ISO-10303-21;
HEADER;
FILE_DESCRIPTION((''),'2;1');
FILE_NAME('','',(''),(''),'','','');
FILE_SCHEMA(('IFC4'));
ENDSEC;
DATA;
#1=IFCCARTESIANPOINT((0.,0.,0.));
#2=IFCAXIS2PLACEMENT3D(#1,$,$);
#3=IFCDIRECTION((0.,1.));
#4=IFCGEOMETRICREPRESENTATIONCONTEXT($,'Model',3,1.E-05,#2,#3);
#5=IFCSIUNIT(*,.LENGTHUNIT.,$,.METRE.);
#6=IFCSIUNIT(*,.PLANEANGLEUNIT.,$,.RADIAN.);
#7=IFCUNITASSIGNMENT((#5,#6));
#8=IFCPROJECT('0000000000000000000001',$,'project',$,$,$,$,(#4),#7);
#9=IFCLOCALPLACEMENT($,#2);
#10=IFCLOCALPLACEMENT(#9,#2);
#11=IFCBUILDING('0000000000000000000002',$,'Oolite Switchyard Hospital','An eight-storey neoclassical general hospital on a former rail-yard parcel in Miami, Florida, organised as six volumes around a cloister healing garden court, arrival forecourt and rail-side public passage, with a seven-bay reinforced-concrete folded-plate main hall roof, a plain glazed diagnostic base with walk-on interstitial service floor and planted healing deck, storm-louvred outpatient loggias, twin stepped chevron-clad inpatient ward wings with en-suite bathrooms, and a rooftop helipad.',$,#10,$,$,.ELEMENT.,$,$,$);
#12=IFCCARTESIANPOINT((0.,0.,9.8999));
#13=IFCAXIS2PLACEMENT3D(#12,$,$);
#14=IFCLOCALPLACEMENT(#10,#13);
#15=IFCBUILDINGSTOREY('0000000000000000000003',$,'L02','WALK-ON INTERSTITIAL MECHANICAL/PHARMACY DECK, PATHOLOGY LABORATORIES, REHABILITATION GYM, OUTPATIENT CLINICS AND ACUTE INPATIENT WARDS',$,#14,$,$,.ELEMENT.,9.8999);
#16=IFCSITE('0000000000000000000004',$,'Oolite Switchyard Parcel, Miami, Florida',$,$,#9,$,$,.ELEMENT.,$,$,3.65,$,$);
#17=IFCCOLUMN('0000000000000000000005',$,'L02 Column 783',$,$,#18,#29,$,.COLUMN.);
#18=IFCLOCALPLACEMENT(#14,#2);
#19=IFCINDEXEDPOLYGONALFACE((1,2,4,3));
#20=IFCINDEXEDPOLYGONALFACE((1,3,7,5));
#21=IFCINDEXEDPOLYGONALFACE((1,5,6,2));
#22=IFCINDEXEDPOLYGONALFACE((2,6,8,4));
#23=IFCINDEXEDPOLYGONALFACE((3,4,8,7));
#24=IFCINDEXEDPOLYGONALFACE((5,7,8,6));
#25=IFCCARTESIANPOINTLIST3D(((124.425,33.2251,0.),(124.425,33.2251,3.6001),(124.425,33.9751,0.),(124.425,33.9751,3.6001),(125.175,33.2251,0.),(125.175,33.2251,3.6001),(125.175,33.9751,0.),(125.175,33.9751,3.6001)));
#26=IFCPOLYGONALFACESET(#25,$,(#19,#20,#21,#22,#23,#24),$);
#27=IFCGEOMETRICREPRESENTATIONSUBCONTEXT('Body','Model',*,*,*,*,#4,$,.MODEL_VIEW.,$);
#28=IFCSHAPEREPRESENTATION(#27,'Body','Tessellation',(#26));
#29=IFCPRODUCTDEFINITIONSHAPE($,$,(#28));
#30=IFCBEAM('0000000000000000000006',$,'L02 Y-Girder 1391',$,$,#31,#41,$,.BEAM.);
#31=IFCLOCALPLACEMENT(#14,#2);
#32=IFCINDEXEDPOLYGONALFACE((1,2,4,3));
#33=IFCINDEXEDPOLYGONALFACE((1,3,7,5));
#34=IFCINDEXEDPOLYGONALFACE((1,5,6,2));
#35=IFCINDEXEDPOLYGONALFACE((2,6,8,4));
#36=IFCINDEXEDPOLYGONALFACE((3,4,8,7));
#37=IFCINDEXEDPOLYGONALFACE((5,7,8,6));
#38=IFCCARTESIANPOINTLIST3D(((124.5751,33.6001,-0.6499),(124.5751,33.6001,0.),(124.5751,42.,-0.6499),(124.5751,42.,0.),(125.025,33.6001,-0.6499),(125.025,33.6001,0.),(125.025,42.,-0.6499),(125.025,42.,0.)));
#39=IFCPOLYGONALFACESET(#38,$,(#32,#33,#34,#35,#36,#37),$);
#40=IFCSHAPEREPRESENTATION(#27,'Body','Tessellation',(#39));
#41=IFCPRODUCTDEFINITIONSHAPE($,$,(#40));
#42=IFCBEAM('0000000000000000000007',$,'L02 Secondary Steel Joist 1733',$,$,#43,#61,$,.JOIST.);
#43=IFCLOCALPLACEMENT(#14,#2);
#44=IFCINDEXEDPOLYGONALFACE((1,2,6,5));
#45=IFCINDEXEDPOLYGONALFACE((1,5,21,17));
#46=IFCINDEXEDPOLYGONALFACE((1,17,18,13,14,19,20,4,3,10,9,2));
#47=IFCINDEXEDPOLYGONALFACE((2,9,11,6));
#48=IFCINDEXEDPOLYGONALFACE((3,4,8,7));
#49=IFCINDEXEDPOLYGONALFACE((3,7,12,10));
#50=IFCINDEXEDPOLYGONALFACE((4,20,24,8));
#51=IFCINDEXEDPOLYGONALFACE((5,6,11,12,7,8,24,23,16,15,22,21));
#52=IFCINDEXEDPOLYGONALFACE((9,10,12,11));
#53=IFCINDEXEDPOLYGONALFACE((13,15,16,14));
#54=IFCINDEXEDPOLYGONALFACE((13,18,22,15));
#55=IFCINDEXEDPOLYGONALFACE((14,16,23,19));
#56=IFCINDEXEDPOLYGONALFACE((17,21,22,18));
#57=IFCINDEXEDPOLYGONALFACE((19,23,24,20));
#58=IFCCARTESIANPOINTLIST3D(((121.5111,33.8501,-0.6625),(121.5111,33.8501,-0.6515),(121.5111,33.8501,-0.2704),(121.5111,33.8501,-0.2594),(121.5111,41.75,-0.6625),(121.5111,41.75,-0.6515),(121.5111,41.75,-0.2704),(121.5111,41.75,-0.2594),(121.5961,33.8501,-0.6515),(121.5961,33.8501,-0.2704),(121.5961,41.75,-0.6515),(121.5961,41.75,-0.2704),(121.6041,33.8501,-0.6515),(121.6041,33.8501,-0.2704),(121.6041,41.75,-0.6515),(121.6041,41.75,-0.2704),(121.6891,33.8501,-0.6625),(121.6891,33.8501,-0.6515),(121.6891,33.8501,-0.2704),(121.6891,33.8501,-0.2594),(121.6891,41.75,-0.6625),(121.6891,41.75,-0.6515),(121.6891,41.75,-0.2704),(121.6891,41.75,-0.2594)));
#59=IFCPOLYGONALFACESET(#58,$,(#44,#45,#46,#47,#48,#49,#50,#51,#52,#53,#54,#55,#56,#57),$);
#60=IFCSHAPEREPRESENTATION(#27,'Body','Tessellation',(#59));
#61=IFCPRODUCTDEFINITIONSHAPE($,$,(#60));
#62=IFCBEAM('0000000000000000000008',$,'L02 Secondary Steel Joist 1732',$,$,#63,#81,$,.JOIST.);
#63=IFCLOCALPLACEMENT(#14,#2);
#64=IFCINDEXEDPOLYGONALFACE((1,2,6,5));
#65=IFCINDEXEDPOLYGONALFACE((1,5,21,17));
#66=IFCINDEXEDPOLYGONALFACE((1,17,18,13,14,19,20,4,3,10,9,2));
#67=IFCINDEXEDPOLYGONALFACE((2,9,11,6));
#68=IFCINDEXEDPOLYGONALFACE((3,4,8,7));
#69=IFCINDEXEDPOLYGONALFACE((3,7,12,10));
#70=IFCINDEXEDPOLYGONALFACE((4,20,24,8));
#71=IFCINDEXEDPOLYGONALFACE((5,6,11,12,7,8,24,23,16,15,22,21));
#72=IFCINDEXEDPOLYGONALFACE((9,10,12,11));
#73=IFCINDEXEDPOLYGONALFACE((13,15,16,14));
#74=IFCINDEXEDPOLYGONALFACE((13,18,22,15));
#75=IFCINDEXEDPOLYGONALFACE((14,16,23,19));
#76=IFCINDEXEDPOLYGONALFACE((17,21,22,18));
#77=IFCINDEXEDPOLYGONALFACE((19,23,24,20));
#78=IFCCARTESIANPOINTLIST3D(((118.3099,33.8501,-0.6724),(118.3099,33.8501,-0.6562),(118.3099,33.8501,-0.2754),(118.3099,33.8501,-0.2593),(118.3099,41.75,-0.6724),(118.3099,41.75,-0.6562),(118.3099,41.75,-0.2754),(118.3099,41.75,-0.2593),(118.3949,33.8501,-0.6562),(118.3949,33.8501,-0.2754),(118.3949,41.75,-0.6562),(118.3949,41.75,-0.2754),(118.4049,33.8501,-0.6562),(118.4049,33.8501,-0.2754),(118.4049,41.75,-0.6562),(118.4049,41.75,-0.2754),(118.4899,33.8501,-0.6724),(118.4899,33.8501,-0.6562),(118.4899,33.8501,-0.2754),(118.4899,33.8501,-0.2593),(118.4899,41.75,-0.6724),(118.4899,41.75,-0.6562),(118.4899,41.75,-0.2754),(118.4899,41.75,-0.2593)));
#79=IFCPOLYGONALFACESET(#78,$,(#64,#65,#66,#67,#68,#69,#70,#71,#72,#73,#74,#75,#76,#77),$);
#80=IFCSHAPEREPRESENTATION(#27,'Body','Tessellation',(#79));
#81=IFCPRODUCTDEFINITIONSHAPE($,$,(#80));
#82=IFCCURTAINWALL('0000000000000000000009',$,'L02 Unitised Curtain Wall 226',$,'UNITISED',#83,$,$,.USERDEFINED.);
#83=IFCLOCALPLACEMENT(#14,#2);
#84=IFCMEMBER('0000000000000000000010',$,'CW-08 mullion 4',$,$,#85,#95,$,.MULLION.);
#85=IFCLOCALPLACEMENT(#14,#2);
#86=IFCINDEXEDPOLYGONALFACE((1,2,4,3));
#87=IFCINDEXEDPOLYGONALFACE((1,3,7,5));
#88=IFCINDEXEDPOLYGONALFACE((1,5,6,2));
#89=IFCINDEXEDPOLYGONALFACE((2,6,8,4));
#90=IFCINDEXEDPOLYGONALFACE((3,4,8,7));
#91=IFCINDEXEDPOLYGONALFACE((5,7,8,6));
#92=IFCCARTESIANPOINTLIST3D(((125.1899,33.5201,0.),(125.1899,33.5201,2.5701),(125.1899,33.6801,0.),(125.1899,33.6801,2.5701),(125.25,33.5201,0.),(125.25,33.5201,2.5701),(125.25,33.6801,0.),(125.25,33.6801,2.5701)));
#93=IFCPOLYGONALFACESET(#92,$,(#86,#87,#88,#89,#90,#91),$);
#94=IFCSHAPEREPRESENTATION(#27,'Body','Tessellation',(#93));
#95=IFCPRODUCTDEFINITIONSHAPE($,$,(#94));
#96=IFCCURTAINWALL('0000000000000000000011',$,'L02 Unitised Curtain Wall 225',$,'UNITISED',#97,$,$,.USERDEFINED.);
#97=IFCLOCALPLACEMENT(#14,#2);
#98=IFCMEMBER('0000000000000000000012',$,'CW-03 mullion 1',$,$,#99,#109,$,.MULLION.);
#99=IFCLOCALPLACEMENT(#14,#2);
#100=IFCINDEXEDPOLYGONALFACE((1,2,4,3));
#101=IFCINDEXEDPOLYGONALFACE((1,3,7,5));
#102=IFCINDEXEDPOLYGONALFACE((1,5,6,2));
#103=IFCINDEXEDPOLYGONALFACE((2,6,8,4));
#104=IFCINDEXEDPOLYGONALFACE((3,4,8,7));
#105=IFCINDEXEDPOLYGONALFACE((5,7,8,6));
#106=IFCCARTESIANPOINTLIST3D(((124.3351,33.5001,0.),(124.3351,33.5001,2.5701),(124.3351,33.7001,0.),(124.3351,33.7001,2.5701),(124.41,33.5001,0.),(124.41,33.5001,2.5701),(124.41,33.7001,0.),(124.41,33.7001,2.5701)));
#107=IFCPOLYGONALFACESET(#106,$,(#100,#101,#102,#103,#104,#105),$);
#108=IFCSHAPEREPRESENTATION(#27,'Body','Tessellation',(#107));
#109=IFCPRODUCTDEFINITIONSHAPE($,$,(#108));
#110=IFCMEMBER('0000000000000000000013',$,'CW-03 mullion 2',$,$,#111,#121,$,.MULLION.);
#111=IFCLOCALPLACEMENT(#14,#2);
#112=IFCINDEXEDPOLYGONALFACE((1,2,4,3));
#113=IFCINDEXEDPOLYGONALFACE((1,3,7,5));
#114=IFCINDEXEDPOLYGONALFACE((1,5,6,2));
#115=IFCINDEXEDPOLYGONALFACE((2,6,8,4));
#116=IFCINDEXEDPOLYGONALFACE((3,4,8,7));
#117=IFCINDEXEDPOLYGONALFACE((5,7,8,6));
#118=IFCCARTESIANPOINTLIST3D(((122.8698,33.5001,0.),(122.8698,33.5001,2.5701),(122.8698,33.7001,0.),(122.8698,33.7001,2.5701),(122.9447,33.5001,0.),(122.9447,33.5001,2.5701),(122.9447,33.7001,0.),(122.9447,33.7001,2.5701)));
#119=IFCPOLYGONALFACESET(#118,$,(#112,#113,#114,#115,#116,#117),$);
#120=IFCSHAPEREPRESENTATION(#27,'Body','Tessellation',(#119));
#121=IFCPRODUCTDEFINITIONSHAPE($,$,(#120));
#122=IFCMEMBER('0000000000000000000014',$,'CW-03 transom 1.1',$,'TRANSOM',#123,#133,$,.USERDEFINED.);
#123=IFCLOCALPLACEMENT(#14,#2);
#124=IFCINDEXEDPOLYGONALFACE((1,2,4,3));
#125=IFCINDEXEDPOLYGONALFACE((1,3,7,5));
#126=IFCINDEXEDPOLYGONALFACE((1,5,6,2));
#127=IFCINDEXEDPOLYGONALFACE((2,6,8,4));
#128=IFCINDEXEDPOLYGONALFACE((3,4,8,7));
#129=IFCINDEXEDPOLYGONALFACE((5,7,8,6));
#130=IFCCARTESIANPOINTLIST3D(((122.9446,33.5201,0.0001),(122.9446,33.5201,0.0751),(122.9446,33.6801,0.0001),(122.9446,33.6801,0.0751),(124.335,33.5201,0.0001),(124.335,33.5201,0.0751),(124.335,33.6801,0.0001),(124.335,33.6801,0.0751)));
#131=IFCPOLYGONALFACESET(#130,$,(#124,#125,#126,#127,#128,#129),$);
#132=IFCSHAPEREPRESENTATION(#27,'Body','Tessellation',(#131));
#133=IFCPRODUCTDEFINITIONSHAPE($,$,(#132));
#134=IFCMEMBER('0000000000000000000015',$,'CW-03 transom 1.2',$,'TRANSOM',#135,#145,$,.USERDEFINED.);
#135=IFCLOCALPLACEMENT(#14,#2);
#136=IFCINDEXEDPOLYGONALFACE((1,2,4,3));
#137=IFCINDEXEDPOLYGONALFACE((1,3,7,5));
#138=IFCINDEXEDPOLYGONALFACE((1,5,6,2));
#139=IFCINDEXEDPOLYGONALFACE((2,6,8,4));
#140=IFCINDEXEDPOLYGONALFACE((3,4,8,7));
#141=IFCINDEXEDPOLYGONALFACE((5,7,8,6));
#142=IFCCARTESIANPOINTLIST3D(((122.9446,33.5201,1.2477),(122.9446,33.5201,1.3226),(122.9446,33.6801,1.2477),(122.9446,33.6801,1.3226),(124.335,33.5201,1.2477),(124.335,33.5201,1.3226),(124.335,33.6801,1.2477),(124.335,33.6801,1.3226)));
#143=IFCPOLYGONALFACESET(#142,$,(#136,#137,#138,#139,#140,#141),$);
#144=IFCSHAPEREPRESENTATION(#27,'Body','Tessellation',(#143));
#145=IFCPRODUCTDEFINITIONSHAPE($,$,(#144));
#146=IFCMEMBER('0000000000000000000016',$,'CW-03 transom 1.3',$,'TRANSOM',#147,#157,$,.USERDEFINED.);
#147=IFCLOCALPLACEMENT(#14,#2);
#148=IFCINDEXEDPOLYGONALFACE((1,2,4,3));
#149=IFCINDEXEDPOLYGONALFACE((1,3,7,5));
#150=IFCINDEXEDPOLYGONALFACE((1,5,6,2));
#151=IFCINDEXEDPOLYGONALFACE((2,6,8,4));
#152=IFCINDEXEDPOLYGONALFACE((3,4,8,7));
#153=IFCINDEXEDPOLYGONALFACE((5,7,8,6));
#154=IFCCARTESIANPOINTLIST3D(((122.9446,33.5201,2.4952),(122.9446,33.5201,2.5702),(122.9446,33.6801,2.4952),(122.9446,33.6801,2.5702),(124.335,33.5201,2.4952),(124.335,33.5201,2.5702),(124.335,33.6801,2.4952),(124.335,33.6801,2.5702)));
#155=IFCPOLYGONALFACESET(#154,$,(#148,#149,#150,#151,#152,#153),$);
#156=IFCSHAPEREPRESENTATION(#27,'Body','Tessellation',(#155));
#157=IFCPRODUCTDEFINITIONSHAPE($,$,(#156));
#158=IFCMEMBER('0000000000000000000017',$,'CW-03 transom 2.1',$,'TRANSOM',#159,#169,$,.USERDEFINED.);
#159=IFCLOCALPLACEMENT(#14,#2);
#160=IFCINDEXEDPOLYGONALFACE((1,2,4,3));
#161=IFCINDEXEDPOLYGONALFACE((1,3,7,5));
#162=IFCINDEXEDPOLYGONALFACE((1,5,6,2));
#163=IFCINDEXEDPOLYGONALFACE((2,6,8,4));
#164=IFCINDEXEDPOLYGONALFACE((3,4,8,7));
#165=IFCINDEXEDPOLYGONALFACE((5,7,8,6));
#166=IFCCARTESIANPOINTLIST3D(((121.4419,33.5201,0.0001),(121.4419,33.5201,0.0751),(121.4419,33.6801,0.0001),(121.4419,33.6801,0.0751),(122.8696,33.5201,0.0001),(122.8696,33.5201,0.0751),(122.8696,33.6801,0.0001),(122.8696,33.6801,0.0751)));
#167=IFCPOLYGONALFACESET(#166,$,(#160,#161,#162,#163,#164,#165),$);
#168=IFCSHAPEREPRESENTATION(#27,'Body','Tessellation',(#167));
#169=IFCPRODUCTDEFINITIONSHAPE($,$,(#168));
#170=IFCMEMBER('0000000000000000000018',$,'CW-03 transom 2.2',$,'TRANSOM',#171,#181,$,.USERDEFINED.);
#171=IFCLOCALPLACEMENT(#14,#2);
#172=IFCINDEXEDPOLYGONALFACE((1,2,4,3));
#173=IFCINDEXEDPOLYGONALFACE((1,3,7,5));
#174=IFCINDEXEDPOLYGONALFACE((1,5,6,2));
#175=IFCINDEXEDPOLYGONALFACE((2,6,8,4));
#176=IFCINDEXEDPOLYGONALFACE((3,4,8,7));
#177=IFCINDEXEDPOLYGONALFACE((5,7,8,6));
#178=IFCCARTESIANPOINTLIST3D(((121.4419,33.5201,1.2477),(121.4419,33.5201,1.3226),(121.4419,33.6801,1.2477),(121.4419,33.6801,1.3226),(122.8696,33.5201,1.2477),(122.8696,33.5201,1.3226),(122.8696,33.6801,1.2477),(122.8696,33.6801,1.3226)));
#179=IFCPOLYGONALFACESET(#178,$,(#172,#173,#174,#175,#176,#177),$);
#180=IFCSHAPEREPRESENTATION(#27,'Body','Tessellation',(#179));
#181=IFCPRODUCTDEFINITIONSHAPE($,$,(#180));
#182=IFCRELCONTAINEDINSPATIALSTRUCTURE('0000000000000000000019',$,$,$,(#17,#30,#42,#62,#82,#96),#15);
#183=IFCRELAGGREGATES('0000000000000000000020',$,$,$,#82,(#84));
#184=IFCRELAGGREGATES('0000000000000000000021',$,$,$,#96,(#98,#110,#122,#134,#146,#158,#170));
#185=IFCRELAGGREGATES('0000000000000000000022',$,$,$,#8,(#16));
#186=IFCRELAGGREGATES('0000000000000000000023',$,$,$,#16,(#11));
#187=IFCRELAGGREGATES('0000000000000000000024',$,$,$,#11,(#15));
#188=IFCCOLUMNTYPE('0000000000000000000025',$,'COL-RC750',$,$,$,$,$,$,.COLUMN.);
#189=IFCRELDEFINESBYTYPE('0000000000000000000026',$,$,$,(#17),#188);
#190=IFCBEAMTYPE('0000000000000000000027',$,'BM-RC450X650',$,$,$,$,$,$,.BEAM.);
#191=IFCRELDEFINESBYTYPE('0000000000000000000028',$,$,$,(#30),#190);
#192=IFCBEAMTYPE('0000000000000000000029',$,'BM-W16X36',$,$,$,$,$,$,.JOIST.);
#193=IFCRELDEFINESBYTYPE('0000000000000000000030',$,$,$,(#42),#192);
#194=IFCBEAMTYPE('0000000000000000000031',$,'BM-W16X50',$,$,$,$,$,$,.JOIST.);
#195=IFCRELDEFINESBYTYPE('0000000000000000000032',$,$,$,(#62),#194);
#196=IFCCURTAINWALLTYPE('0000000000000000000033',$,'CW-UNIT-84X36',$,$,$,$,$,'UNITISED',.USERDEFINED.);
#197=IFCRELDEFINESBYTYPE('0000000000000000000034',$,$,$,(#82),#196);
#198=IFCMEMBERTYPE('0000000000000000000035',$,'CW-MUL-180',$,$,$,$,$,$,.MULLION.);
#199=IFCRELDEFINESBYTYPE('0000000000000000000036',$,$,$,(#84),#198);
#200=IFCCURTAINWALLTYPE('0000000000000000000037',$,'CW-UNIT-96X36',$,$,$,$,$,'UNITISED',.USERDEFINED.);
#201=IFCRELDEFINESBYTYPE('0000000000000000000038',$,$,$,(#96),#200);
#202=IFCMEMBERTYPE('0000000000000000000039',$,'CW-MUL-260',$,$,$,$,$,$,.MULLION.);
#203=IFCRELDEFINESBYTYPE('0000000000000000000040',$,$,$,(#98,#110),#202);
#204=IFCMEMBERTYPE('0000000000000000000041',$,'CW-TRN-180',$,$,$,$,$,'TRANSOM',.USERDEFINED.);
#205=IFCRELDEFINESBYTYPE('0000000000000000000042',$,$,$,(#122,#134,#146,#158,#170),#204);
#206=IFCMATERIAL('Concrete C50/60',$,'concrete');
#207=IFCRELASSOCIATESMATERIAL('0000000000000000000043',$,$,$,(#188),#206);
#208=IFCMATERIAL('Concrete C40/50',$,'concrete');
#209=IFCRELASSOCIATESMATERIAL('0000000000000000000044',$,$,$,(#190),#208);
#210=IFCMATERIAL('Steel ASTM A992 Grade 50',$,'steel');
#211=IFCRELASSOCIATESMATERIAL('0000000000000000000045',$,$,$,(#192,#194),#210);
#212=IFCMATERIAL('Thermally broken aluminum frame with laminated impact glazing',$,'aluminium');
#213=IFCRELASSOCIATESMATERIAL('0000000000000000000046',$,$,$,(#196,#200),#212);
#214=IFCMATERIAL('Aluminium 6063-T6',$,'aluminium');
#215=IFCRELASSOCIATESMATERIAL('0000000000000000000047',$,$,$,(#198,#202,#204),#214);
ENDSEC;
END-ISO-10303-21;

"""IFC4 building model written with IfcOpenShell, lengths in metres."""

from ifc_helpers import new_model, si_unit, direction, frame, origin, origin_2d, place, context, subcontext, project, spatial, rectangle, i_section, extrude, material, material_profile, profile_set, type_object, element, aggregate, save


model = new_model("IFC4")

# Units and contexts
model_context = context("Model", 3, precision=1e-05, world=origin(), true_north=direction((0.0, 1.0)))
body_context = subcontext(model_context, "Body", "Model", "MODEL_VIEW")
ifc_project = project(units=[si_unit("LENGTHUNIT", "METRE"), si_unit("PLANEANGLEUNIT", "RADIAN")], contexts=[model_context])

# Site, building, storey
site_placement = place(None, origin())
site = spatial("IfcSite", under=ifc_project, at=site_placement, Name="Oolite Switchyard Parcel, Miami, Florida", CompositionType="ELEMENT", RefElevation=3.65)
building_placement = place(site_placement, origin())
building = spatial("IfcBuilding", under=site, at=building_placement, Name="Oolite Switchyard Hospital", Description="An eight-storey neoclassical general hospital on a former rail-yard parcel in Miami, Florida, organised as six volumes around a cloister healing garden court, arrival forecourt and rail-side public passage, with a seven-bay reinforced-concrete folded-plate main hall roof, a plain glazed diagnostic base with walk-on interstitial service floor and planted healing deck, storm-louvred outpatient loggias, twin stepped chevron-clad inpatient ward wings with en-suite bathrooms, and a rooftop helipad.", CompositionType="ELEMENT")
storey_placement = place(building_placement, frame((0.0, 0.0, 9.8999)))
storey = spatial("IfcBuildingStorey", under=building, at=storey_placement, Name="L02", Description="WALK-ON INTERSTITIAL MECHANICAL/PHARMACY DECK, PATHOLOGY LABORATORIES, REHABILITATION GYM, OUTPATIENT CLINICS AND ACUTE INPATIENT WARDS", CompositionType="ELEMENT", Elevation=9.8999)

# Column
ifc_material_1 = material(Name="Concrete C50/60", Category="concrete")
ifc_material_profile_1 = material_profile(ifc_material_1, rectangle(XDim=0.75, YDim=0.75, at=origin_2d()), Name="RC750X750")
ifc_profile_set_1 = profile_set([ifc_material_profile_1], Name="Concrete C50/60")
column_type = type_object("IfcColumnType", Name="COL-RC750", PredefinedType="COLUMN", material=ifc_profile_set_1)
column_placement = place(storey_placement, frame((124.8, 33.6001, 0.0), z_axis=(0.0, 0.0, 1.0), x_axis=(1.0, 0.0, 0.0)))
element("IfcColumn", 1, at=column_placement, inside=storey, type_object=column_type, Name="L02 Column 783", PredefinedType="COLUMN", context=body_context, shape_type="SweptSolid", body=[
    extrude(rectangle(XDim=0.75, YDim=0.75, at=origin_2d()), origin(), (0.0, 0.0, 1.0), 3.6001),
])

# Beams
ifc_material_2 = material(Name="Concrete C40/50", Category="concrete")
ifc_material_profile_2 = material_profile(ifc_material_2, rectangle(XDim=0.45, YDim=0.6499, at=origin_2d()), Name="RCB450X650")
ifc_profile_set_2 = profile_set([ifc_material_profile_2], Name="Concrete C40/50")
beam_type_1 = type_object("IfcBeamType", Name="BM-RC450X650", PredefinedType="BEAM", material=ifc_profile_set_2)
beam_1_placement = place(storey_placement, frame((124.8, 33.6001, -0.325), z_axis=(0.0, 1.0, 0.0), x_axis=(-1.0, 0.0, 0.0)))
element("IfcBeam", 2, at=beam_1_placement, inside=storey, type_object=beam_type_1, Name="L02 Y-Girder 1391", PredefinedType="BEAM", context=body_context, shape_type="SweptSolid", body=[
    extrude(rectangle(XDim=0.45, YDim=0.6499, at=origin_2d()), origin(), (0.0, 0.0, 1.0), 8.3999),
])
ifc_material_3 = material(Name="Steel ASTM A992 Grade 50", Category="steel")
ifc_material_profile_3 = material_profile(ifc_material_3, i_section(OverallWidth=0.178, OverallDepth=0.4031, WebThickness=0.0081, FlangeThickness=0.011, at=origin_2d()), Name="W16X36")
ifc_profile_set_3 = profile_set([ifc_material_profile_3], Name="Steel ASTM A992 Grade 50")
beam_type_2 = type_object("IfcBeamType", Name="BM-W16X36", PredefinedType="JOIST", material=ifc_profile_set_3)
beam_2_placement = place(storey_placement, frame((121.6001, 33.8501, -0.4609), z_axis=(0.0, 1.0, 0.0), x_axis=(-1.0, 0.0, 0.0)))
element("IfcBeam", 3, at=beam_2_placement, inside=storey, type_object=beam_type_2, Name="L02 Secondary Steel Joist 1733", PredefinedType="JOIST", context=body_context, shape_type="SweptSolid", body=[
    extrude(i_section(OverallWidth=0.178, OverallDepth=0.4031, WebThickness=0.0081, FlangeThickness=0.011, at=origin_2d()), origin(), (0.0, 0.0, 1.0), 7.8999),
])
ifc_material_profile_4 = material_profile(ifc_material_3, i_section(OverallWidth=0.1799, OverallDepth=0.4131, WebThickness=0.01, FlangeThickness=0.0161, at=origin_2d()), Name="W16X50")
ifc_profile_set_4 = profile_set([ifc_material_profile_4], Name="Steel ASTM A992 Grade 50")
beam_type_3 = type_object("IfcBeamType", Name="BM-W16X50", PredefinedType="JOIST", material=ifc_profile_set_4)
beam_3_placement = place(storey_placement, frame((118.3999, 33.8501, -0.4658), z_axis=(0.0, 1.0, 0.0), x_axis=(-1.0, 0.0, 0.0)))
element("IfcBeam", 4, at=beam_3_placement, inside=storey, type_object=beam_type_3, Name="L02 Secondary Steel Joist 1732", PredefinedType="JOIST", context=body_context, shape_type="SweptSolid", body=[
    extrude(i_section(OverallWidth=0.1799, OverallDepth=0.4131, WebThickness=0.01, FlangeThickness=0.0161, at=origin_2d()), origin(), (0.0, 0.0, 1.0), 7.8999),
])

# Curtain wall, member
ifc_material_4 = material(Name="Thermally broken aluminum frame with laminated impact glazing", Category="aluminium")
curtain_wall_type_1 = type_object("IfcCurtainWallType", Name="CW-UNIT-84X36", ElementType="UNITISED", PredefinedType="USERDEFINED", material=ifc_material_4)
curtain_wall_1_placement = place(storey_placement, origin())
curtain_wall_1 = element("IfcCurtainWall", 5, at=curtain_wall_1_placement, inside=storey, type_object=curtain_wall_type_1, Name="L02 Unitised Curtain Wall 226", ObjectType="UNITISED", PredefinedType="USERDEFINED")
ifc_material_5 = material(Name="Aluminium 6063-T6", Category="aluminium")
ifc_material_profile_5 = material_profile(ifc_material_5, rectangle(XDim=0.1599, YDim=0.0601, at=origin_2d()), Name="CWM60X160")
ifc_profile_set_5 = profile_set([ifc_material_profile_5], Name="Aluminium 6063-T6")
member_type_1 = type_object("IfcMemberType", Name="CW-MUL-180", PredefinedType="MULLION", material=ifc_profile_set_5)
member_1_placement = place(storey_placement, frame((125.22, 33.6001, 0.0), z_axis=(0.0, 0.0, 1.0), x_axis=(0.0, -1.0, 0.0)))
member_1 = element("IfcMember", 6, at=member_1_placement, type_object=member_type_1, Name="CW-08 mullion 4", PredefinedType="MULLION", context=body_context, shape_type="SweptSolid", body=[
    extrude(rectangle(XDim=0.1599, YDim=0.0601, at=origin_2d()), origin(), (0.0, 0.0, 1.0), 2.5701),
])

# Curtain wall, members
curtain_wall_type_2 = type_object("IfcCurtainWallType", Name="CW-UNIT-96X36", ElementType="UNITISED", PredefinedType="USERDEFINED", material=ifc_material_4)
curtain_wall_2_placement = place(storey_placement, origin())
curtain_wall_2 = element("IfcCurtainWall", 7, at=curtain_wall_2_placement, inside=storey, type_object=curtain_wall_type_2, Name="L02 Unitised Curtain Wall 225", ObjectType="UNITISED", PredefinedType="USERDEFINED")
ifc_material_profile_6 = material_profile(ifc_material_5, rectangle(XDim=0.2, YDim=0.075, at=origin_2d()), Name="CWM75X200")
ifc_profile_set_6 = profile_set([ifc_material_profile_6], Name="Aluminium 6063-T6")
member_type_2 = type_object("IfcMemberType", Name="CW-MUL-260", PredefinedType="MULLION", material=ifc_profile_set_6)
member_2_placement = place(storey_placement, frame((124.3726, 33.6001, 0.0), z_axis=(0.0, 0.0, 1.0), x_axis=(0.0, -1.0, 0.0)))
member_2 = element("IfcMember", 8, at=member_2_placement, type_object=member_type_2, Name="CW-03 mullion 1", PredefinedType="MULLION", context=body_context, shape_type="SweptSolid", body=[
    extrude(rectangle(XDim=0.2, YDim=0.075, at=origin_2d()), origin(), (0.0, 0.0, 1.0), 2.5701),
])
member_3_placement = place(storey_placement, frame((122.9072, 33.6001, 0.0), z_axis=(0.0, 0.0, 1.0), x_axis=(0.0, -1.0, 0.0)))
member_3 = element("IfcMember", 9, at=member_3_placement, type_object=member_type_2, Name="CW-03 mullion 2", PredefinedType="MULLION", context=body_context, shape_type="SweptSolid", body=[
    extrude(rectangle(XDim=0.2, YDim=0.075, at=origin_2d()), origin(), (0.0, 0.0, 1.0), 2.5701),
])
ifc_material_profile_7 = material_profile(ifc_material_5, rectangle(XDim=0.1599, YDim=0.075, at=origin_2d()), Name="CWT75X160")
ifc_profile_set_7 = profile_set([ifc_material_profile_7], Name="Aluminium 6063-T6")
member_type_3 = type_object("IfcMemberType", Name="CW-TRN-180", ElementType="TRANSOM", PredefinedType="USERDEFINED", material=ifc_profile_set_7)
member_4_placement = place(storey_placement, frame((124.335, 33.6001, 0.0376), z_axis=(-1.0, 0.0, 0.0), x_axis=(0.0, -1.0, 0.0)))
member_4 = element("IfcMember", 10, at=member_4_placement, type_object=member_type_3, Name="CW-03 transom 1.1", ObjectType="TRANSOM", PredefinedType="USERDEFINED", context=body_context, shape_type="SweptSolid", body=[
    extrude(rectangle(XDim=0.1599, YDim=0.075, at=origin_2d()), origin(), (0.0, 0.0, 1.0), 1.3904),
])
member_5_placement = place(storey_placement, frame((124.335, 33.6001, 1.2852), z_axis=(-1.0, 0.0, 0.0), x_axis=(0.0, -1.0, 0.0)))
member_5 = element("IfcMember", 11, at=member_5_placement, type_object=member_type_3, Name="CW-03 transom 1.2", ObjectType="TRANSOM", PredefinedType="USERDEFINED", context=body_context, shape_type="SweptSolid", body=[
    extrude(rectangle(XDim=0.1599, YDim=0.075, at=origin_2d()), origin(), (0.0, 0.0, 1.0), 1.3904),
])
member_6_placement = place(storey_placement, frame((124.335, 33.6001, 2.5327), z_axis=(-1.0, 0.0, 0.0), x_axis=(0.0, -1.0, 0.0)))
member_6 = element("IfcMember", 12, at=member_6_placement, type_object=member_type_3, Name="CW-03 transom 1.3", ObjectType="TRANSOM", PredefinedType="USERDEFINED", context=body_context, shape_type="SweptSolid", body=[
    extrude(rectangle(XDim=0.1599, YDim=0.075, at=origin_2d()), origin(), (0.0, 0.0, 1.0), 1.3904),
])
member_7_placement = place(storey_placement, frame((122.8696, 33.6001, 0.0376), z_axis=(-1.0, 0.0, 0.0), x_axis=(0.0, -1.0, 0.0)))
member_7 = element("IfcMember", 13, at=member_7_placement, type_object=member_type_3, Name="CW-03 transom 2.1", ObjectType="TRANSOM", PredefinedType="USERDEFINED", context=body_context, shape_type="SweptSolid", body=[
    extrude(rectangle(XDim=0.1599, YDim=0.075, at=origin_2d()), origin(), (0.0, 0.0, 1.0), 1.4277),
])
member_8_placement = place(storey_placement, frame((122.8696, 33.6001, 1.2852), z_axis=(-1.0, 0.0, 0.0), x_axis=(0.0, -1.0, 0.0)))
member_8 = element("IfcMember", 14, at=member_8_placement, type_object=member_type_3, Name="CW-03 transom 2.2", ObjectType="TRANSOM", PredefinedType="USERDEFINED", context=body_context, shape_type="SweptSolid", body=[
    extrude(rectangle(XDim=0.1599, YDim=0.075, at=origin_2d()), origin(), (0.0, 0.0, 1.0), 1.4277),
])

aggregate(curtain_wall_1, [member_1])
aggregate(curtain_wall_2, [member_2, member_3, member_4, member_5, member_6, member_7, member_8])

save(model, "model.ifc")
